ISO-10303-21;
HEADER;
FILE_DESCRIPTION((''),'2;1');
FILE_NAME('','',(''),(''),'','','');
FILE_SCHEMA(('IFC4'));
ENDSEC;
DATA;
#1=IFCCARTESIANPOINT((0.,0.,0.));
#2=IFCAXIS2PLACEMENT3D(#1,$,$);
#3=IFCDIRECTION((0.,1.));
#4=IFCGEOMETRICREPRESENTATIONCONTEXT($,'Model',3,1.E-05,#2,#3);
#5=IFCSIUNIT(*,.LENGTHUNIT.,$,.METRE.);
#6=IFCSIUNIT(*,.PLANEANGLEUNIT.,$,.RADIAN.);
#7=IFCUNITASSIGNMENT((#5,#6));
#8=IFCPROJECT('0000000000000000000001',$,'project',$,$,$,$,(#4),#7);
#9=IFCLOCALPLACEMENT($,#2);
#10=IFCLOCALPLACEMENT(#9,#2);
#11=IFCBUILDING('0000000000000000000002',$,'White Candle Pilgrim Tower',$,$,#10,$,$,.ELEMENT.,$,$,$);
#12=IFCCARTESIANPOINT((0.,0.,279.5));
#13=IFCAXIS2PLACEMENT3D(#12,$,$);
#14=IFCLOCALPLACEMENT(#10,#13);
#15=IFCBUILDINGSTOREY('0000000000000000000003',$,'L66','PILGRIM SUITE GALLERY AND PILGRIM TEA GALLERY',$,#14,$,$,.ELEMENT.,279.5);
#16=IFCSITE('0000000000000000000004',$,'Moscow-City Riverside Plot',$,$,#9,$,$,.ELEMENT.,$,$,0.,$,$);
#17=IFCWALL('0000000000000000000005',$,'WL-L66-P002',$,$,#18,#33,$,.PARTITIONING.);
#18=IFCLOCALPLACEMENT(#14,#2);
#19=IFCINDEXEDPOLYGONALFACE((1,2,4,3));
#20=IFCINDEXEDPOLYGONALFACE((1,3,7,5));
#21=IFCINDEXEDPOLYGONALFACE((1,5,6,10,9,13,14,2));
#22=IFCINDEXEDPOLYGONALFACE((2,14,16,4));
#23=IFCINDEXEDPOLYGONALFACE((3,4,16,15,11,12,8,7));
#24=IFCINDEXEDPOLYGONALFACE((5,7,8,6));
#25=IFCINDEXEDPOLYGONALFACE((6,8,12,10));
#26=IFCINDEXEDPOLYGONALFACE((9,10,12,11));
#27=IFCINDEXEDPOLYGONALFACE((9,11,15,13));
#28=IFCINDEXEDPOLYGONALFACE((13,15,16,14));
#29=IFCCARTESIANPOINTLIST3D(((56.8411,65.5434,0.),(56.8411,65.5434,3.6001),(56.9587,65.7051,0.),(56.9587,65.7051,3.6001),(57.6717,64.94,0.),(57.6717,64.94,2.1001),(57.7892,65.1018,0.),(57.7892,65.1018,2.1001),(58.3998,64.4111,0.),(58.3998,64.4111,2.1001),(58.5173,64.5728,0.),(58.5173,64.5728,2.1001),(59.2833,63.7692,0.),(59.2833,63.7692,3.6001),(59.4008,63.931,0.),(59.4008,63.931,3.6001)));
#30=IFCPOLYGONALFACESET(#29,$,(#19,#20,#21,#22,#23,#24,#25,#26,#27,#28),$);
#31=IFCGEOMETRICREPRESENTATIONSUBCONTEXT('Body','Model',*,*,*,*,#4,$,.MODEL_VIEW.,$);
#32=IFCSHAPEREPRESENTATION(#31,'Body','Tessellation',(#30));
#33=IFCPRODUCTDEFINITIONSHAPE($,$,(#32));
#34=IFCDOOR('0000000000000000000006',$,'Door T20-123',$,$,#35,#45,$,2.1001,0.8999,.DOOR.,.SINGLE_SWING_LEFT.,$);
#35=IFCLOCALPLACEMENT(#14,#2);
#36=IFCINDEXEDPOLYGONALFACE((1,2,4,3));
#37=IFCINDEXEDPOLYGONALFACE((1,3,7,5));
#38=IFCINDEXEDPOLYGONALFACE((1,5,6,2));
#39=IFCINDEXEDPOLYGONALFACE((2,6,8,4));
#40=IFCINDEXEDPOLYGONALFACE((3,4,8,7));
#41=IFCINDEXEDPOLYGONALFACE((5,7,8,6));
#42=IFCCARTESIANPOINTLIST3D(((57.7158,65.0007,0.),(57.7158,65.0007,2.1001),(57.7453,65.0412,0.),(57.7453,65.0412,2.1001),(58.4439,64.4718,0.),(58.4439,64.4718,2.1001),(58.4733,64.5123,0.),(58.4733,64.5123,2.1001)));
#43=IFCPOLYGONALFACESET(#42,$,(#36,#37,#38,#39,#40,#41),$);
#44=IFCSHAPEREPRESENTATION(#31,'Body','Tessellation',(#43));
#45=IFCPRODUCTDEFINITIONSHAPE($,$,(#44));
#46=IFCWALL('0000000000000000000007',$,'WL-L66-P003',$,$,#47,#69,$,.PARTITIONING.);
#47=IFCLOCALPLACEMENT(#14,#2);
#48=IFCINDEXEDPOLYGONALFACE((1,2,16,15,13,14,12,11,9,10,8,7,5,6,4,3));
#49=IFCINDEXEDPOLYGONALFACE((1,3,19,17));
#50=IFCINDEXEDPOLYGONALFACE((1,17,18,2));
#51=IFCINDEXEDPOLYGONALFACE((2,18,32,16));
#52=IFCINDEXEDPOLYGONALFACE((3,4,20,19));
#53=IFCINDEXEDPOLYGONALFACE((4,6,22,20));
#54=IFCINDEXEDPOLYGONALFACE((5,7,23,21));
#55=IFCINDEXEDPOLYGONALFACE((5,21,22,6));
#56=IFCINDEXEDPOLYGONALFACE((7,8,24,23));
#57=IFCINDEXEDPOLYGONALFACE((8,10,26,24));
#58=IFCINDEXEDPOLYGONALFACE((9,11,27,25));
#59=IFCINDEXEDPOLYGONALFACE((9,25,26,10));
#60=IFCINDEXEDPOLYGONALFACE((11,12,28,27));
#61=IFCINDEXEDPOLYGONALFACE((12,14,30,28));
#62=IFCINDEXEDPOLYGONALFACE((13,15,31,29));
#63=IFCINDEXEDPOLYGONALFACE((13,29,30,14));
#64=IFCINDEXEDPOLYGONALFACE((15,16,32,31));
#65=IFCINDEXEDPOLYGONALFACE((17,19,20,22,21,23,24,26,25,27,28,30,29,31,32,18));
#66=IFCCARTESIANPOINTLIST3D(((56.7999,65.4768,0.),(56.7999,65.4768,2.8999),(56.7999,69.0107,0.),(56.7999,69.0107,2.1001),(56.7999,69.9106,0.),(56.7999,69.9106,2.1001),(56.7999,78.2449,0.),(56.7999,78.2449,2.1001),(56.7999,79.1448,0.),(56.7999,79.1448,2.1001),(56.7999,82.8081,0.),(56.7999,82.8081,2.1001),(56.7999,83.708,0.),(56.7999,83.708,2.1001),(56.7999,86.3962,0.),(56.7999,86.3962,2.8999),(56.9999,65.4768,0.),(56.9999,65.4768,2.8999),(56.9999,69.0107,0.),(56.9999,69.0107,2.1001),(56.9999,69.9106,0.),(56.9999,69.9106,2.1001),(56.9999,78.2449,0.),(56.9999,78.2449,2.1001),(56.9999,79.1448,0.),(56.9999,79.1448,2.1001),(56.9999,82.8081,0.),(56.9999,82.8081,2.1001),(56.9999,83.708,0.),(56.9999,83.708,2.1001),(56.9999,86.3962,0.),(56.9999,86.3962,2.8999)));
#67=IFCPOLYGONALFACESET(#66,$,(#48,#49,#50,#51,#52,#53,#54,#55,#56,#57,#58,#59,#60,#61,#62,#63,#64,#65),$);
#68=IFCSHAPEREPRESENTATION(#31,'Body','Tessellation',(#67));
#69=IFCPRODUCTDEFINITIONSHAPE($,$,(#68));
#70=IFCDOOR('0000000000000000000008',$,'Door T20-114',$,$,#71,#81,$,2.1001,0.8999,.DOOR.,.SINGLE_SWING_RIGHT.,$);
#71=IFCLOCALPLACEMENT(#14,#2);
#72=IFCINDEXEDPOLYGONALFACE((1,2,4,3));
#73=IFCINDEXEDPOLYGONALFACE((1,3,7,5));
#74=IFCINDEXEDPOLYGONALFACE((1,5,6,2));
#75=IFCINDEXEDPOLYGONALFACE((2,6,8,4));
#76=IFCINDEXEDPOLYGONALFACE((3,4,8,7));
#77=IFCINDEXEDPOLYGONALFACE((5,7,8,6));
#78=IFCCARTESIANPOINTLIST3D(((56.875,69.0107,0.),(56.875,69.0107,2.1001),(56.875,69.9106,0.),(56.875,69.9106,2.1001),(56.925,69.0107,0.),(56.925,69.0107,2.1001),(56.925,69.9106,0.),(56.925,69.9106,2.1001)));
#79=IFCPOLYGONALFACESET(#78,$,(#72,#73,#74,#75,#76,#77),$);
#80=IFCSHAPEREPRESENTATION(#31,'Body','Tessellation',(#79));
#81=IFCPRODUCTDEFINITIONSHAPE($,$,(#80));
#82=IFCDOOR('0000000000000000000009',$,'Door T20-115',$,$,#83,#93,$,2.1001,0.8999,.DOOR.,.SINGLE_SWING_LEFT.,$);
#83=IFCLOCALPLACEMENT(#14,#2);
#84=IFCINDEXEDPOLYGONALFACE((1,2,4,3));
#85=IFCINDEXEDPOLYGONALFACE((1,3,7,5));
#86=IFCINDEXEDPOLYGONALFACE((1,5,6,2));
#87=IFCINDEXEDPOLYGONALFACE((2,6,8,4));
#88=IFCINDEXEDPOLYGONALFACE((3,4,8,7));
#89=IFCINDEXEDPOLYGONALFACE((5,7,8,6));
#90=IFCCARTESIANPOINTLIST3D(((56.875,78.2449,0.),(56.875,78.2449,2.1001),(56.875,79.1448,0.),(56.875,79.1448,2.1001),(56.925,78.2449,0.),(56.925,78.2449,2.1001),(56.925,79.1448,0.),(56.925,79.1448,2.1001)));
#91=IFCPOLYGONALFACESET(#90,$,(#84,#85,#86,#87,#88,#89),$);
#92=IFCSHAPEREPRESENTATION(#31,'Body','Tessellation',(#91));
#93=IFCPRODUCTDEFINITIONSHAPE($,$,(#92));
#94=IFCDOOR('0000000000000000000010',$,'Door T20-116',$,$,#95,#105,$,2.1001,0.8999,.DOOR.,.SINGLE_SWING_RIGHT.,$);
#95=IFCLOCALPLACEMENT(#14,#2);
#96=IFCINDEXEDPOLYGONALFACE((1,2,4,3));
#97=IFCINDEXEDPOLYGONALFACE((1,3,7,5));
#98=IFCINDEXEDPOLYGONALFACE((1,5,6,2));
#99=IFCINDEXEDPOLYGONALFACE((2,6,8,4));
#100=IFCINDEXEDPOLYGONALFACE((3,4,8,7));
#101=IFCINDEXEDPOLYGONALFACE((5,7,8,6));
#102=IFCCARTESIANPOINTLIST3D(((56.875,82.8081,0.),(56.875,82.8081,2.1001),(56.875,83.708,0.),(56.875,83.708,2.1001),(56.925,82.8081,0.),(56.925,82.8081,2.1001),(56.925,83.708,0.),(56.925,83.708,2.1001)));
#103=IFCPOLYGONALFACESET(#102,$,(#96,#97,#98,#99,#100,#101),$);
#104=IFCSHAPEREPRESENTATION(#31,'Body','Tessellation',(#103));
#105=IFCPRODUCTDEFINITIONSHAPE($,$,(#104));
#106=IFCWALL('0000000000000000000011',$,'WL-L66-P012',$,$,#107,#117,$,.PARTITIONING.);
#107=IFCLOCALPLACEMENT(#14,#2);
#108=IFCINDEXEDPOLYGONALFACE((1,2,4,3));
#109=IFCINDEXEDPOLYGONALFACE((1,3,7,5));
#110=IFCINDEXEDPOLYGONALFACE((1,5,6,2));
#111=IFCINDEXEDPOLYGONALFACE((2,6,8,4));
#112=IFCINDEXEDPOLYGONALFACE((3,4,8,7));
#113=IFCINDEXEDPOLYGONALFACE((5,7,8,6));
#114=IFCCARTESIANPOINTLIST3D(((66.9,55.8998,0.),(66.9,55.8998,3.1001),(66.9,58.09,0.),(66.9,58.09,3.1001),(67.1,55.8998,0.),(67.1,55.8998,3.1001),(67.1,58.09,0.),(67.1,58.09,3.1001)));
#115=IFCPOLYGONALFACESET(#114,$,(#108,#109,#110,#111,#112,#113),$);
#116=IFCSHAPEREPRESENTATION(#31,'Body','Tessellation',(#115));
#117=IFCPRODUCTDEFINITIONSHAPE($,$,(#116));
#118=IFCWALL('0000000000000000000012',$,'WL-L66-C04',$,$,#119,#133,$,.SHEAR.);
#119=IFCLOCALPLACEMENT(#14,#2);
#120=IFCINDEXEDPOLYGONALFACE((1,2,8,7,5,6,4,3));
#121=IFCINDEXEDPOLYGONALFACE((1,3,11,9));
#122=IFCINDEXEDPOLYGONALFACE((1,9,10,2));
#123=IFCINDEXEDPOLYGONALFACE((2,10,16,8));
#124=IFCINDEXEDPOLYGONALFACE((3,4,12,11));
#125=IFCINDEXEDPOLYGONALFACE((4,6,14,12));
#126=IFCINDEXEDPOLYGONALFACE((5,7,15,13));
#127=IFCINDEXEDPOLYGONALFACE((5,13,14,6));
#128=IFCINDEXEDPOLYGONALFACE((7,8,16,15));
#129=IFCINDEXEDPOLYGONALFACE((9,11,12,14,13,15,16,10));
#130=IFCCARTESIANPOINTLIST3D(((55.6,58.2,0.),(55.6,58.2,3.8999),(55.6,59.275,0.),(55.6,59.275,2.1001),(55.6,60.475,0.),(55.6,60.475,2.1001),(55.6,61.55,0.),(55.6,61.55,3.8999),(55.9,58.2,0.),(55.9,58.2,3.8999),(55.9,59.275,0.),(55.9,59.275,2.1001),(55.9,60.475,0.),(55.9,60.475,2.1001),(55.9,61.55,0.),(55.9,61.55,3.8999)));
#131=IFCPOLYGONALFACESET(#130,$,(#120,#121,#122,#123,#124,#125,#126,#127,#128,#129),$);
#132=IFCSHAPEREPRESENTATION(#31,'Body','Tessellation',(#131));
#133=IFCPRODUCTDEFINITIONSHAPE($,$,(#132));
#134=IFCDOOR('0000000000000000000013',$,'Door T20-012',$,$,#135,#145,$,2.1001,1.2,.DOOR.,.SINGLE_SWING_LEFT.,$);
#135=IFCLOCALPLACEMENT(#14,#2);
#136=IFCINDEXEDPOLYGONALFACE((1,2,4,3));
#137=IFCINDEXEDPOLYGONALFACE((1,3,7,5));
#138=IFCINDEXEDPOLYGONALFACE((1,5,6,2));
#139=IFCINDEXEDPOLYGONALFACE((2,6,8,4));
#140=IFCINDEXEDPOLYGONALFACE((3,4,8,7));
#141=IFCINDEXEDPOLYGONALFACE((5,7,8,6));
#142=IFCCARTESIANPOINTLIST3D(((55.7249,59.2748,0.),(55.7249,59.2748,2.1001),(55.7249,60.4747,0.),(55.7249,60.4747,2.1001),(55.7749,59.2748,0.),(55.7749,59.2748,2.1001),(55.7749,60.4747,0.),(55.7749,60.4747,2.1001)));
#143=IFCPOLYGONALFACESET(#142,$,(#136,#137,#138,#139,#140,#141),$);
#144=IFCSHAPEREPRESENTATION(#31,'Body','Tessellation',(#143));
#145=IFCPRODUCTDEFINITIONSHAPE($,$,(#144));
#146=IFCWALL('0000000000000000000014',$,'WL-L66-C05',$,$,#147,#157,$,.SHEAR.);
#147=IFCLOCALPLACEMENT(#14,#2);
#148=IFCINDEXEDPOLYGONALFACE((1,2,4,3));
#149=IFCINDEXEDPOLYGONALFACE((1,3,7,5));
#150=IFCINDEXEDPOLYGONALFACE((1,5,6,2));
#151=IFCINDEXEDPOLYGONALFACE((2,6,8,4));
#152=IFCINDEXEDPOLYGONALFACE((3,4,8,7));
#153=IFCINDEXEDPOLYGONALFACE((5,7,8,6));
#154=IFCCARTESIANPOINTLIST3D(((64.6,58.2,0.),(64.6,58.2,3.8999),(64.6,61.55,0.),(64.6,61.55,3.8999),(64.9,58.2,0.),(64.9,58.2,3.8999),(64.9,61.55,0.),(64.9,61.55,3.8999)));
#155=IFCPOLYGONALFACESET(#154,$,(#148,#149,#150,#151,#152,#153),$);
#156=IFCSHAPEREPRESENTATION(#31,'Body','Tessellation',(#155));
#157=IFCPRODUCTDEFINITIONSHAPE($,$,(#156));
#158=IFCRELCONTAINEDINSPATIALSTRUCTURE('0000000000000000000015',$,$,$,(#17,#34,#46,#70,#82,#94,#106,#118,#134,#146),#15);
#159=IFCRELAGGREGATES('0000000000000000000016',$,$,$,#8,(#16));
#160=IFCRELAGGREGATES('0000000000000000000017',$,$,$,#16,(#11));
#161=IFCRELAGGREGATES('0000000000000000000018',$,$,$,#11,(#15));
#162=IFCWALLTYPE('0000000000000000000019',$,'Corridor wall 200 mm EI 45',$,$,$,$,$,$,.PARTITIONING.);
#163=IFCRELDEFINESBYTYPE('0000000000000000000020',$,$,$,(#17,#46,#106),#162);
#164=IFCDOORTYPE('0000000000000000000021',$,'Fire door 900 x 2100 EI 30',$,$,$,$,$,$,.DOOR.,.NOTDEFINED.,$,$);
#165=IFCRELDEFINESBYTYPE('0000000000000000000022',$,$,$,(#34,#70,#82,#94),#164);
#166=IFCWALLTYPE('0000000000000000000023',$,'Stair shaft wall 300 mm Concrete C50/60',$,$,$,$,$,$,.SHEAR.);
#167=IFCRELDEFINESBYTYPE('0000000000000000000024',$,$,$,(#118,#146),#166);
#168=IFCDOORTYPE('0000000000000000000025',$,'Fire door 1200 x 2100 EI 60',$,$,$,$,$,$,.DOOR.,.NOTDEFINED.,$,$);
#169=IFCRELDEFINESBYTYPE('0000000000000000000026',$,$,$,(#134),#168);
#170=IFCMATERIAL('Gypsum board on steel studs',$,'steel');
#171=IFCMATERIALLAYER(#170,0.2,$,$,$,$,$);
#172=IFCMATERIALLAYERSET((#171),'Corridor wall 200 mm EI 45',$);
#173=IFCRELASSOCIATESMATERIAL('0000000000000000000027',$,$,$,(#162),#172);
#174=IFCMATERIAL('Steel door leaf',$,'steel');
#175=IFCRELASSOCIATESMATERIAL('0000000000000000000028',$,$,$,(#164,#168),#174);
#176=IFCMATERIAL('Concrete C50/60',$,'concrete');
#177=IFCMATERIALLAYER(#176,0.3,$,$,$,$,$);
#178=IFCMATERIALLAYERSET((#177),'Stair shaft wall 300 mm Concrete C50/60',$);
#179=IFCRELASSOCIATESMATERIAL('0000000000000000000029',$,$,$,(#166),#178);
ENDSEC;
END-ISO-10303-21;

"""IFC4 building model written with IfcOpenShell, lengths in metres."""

from ifc_helpers import new_model, si_unit, direction, frame, frame_2d, origin, place, context, subcontext, project, spatial, rectangle, extrude, material, layer, layer_set, type_object, element, fill, save


model = new_model("IFC4")

# Units and contexts
model_context = context("Model", 3, precision=1e-05, world=origin(), true_north=direction((0.0, 1.0)))
body_context = subcontext(model_context, "Body", "Model", "MODEL_VIEW")
ifc_project = project(units=[si_unit("LENGTHUNIT", "METRE"), si_unit("PLANEANGLEUNIT", "RADIAN")], contexts=[model_context])

# Site, building, storey
site_placement = place(None, origin())
site = spatial("IfcSite", under=ifc_project, at=site_placement, Name="Moscow-City Riverside Plot", CompositionType="ELEMENT", RefElevation=0.0)
building_placement = place(site_placement, origin())
building = spatial("IfcBuilding", under=site, at=building_placement, Name="White Candle Pilgrim Tower", CompositionType="ELEMENT")
storey_placement = place(building_placement, frame((0.0, 0.0, 279.5)))
storey = spatial("IfcBuildingStorey", under=building, at=storey_placement, Name="L66", Description="PILGRIM SUITE GALLERY AND PILGRIM TEA GALLERY", CompositionType="ELEMENT", Elevation=279.5)

# Wall, opening, door
ifc_material_1 = material(Name="Gypsum board on steel studs", Category="steel")
ifc_layer_1 = layer(ifc_material_1, 0.2)
ifc_layer_set_1 = layer_set([ifc_layer_1], Name="Corridor wall 200 mm EI 45")
wall_type_1 = type_object("IfcWallType", Name="Corridor wall 200 mm EI 45", PredefinedType="PARTITIONING", material=ifc_layer_set_1)
wall_1_placement = place(storey_placement, frame((59.342, 63.8501, 0.0), z_axis=(0.0, 0.0, 1.0), x_axis=(-0.80904, 0.587753, 0.0)))
wall_1 = element("IfcWall", 1, at=wall_1_placement, inside=storey, type_object=wall_type_1, Name="WL-L66-P002", PredefinedType="PARTITIONING", context=body_context, shape_type="SweptSolid", body=[
    extrude(rectangle(XDim=3.0186, YDim=0.2, at=frame_2d((1.5093, 0.0))), origin(), (0.0, 0.0, 1.0), 3.6001),
])
opening_1_placement = place(wall_1_placement, frame((1.092, 0.0, 0.0)))
opening_1 = element("IfcOpeningElement", 2, at=opening_1_placement, cuts=wall_1, PredefinedType="OPENING", context=body_context, shape_type="SweptSolid", body=[
    extrude(rectangle(XDim=0.8999, YDim=2.1001, at=frame_2d((0.45, 1.05))), frame((0.0, 0.1099, 0.0), z_axis=(0.0, -1.0, 0.0), x_axis=(1.0, 0.0, 0.0)), (0.0, 0.0, 1.0), 0.22),
])
ifc_material_2 = material(Name="Steel door leaf", Category="steel")
door_type_1 = type_object("IfcDoorType", Name="Fire door 900 x 2100 EI 30", OperationType="NOTDEFINED", PredefinedType="DOOR", material=ifc_material_2)
door_1_placement = place(opening_1_placement, origin())
door_1 = element("IfcDoor", 3, at=door_1_placement, inside=storey, type_object=door_type_1, Name="Door T20-123", OperationType="SINGLE_SWING_LEFT", OverallHeight=2.1001, OverallWidth=0.8999, PredefinedType="DOOR", context=body_context, shape_type="SweptSolid", body=[
    extrude(rectangle(XDim=0.8999, YDim=2.1001, at=frame_2d((0.45, 1.05))), frame((0.0, 0.0249, 0.0), z_axis=(0.0, -1.0, 0.0), x_axis=(1.0, 0.0, 0.0)), (0.0, 0.0, 1.0), 0.05),
])
fill(opening_1, door_1)

# Wall, openings, doors
wall_2_placement = place(storey_placement, frame((56.8999, 65.4768, 0.0), z_axis=(0.0, 0.0, 1.0), x_axis=(0.0, 1.0, 0.0)))
wall_2 = element("IfcWall", 4, at=wall_2_placement, inside=storey, type_object=wall_type_1, Name="WL-L66-P003", PredefinedType="PARTITIONING", context=body_context, shape_type="SweptSolid", body=[
    extrude(rectangle(XDim=20.9194, YDim=0.2, at=frame_2d((10.4597, 0.0))), origin(), (0.0, 0.0, 1.0), 2.8999),
])
opening_2_placement = place(wall_2_placement, frame((3.5339, 0.0, 0.0)))
opening_2 = element("IfcOpeningElement", 5, at=opening_2_placement, cuts=wall_2, PredefinedType="OPENING", context=body_context, shape_type="SweptSolid", body=[
    extrude(rectangle(XDim=0.8999, YDim=2.1001, at=frame_2d((0.45, 1.05))), frame((0.0, 0.1099, 0.0), z_axis=(0.0, -1.0, 0.0), x_axis=(1.0, 0.0, 0.0)), (0.0, 0.0, 1.0), 0.22),
])
opening_3_placement = place(wall_2_placement, frame((12.7681, 0.0, 0.0)))
opening_3 = element("IfcOpeningElement", 6, at=opening_3_placement, cuts=wall_2, PredefinedType="OPENING", context=body_context, shape_type="SweptSolid", body=[
    extrude(rectangle(XDim=0.8999, YDim=2.1001, at=frame_2d((0.45, 1.05))), frame((0.0, 0.1099, 0.0), z_axis=(0.0, -1.0, 0.0), x_axis=(1.0, 0.0, 0.0)), (0.0, 0.0, 1.0), 0.22),
])
opening_4_placement = place(wall_2_placement, frame((17.3313, 0.0, 0.0)))
opening_4 = element("IfcOpeningElement", 7, at=opening_4_placement, cuts=wall_2, PredefinedType="OPENING", context=body_context, shape_type="SweptSolid", body=[
    extrude(rectangle(XDim=0.8999, YDim=2.1001, at=frame_2d((0.45, 1.05))), frame((0.0, 0.1099, 0.0), z_axis=(0.0, -1.0, 0.0), x_axis=(1.0, 0.0, 0.0)), (0.0, 0.0, 1.0), 0.22),
])
door_2_placement = place(opening_2_placement, origin())
door_2 = element("IfcDoor", 8, at=door_2_placement, inside=storey, type_object=door_type_1, Name="Door T20-114", OperationType="SINGLE_SWING_RIGHT", OverallHeight=2.1001, OverallWidth=0.8999, PredefinedType="DOOR", context=body_context, shape_type="SweptSolid", body=[
    extrude(rectangle(XDim=0.8999, YDim=2.1001, at=frame_2d((0.45, 1.05))), frame((0.0, 0.0249, 0.0), z_axis=(0.0, -1.0, 0.0), x_axis=(1.0, 0.0, 0.0)), (0.0, 0.0, 1.0), 0.05),
])
fill(opening_2, door_2)
door_3_placement = place(opening_3_placement, origin())
door_3 = element("IfcDoor", 9, at=door_3_placement, inside=storey, type_object=door_type_1, Name="Door T20-115", OperationType="SINGLE_SWING_LEFT", OverallHeight=2.1001, OverallWidth=0.8999, PredefinedType="DOOR", context=body_context, shape_type="SweptSolid", body=[
    extrude(rectangle(XDim=0.8999, YDim=2.1001, at=frame_2d((0.45, 1.05))), frame((0.0, 0.0249, 0.0), z_axis=(0.0, -1.0, 0.0), x_axis=(1.0, 0.0, 0.0)), (0.0, 0.0, 1.0), 0.05),
])
fill(opening_3, door_3)
door_4_placement = place(opening_4_placement, origin())
door_4 = element("IfcDoor", 10, at=door_4_placement, inside=storey, type_object=door_type_1, Name="Door T20-116", OperationType="SINGLE_SWING_RIGHT", OverallHeight=2.1001, OverallWidth=0.8999, PredefinedType="DOOR", context=body_context, shape_type="SweptSolid", body=[
    extrude(rectangle(XDim=0.8999, YDim=2.1001, at=frame_2d((0.45, 1.05))), frame((0.0, 0.0249, 0.0), z_axis=(0.0, -1.0, 0.0), x_axis=(1.0, 0.0, 0.0)), (0.0, 0.0, 1.0), 0.05),
])
fill(opening_4, door_4)

# Wall
wall_3_placement = place(storey_placement, frame((67.0, 58.0901, 0.0), z_axis=(0.0, 0.0, 1.0), x_axis=(0.0, -1.0, 0.0)))
element("IfcWall", 11, at=wall_3_placement, inside=storey, type_object=wall_type_1, Name="WL-L66-P012", PredefinedType="PARTITIONING", context=body_context, shape_type="SweptSolid", body=[
    extrude(rectangle(XDim=2.1902, YDim=0.2, at=frame_2d((1.0952, 0.0))), origin(), (0.0, 0.0, 1.0), 3.1001),
])

# Wall, opening, door
ifc_material_3 = material(Name="Concrete C50/60", Category="concrete")
ifc_layer_2 = layer(ifc_material_3, 0.3)
ifc_layer_set_2 = layer_set([ifc_layer_2], Name="Stair shaft wall 300 mm Concrete C50/60")
wall_type_2 = type_object("IfcWallType", Name="Stair shaft wall 300 mm Concrete C50/60", PredefinedType="SHEAR", material=ifc_layer_set_2)
wall_4_placement = place(storey_placement, frame((55.75, 58.2, 0.0), z_axis=(0.0, 0.0, 1.0), x_axis=(0.0, 1.0, 0.0)))
wall_4 = element("IfcWall", 12, at=wall_4_placement, inside=storey, type_object=wall_type_2, Name="WL-L66-C04", PredefinedType="SHEAR", context=body_context, shape_type="SweptSolid", body=[
    extrude(rectangle(XDim=3.3501, YDim=0.3, at=frame_2d((1.675, 0.0))), origin(), (0.0, 0.0, 1.0), 3.8999),
])
opening_5_placement = place(wall_4_placement, frame((1.075, 0.0, 0.0)))
opening_5 = element("IfcOpeningElement", 13, at=opening_5_placement, cuts=wall_4, PredefinedType="OPENING", context=body_context, shape_type="SweptSolid", body=[
    extrude(rectangle(XDim=1.2, YDim=2.1001, at=frame_2d((0.6001, 1.05))), frame((0.0, 0.1599, 0.0), z_axis=(0.0, -1.0, 0.0), x_axis=(1.0, 0.0, 0.0)), (0.0, 0.0, 1.0), 0.3201),
])
door_type_2 = type_object("IfcDoorType", Name="Fire door 1200 x 2100 EI 60", OperationType="NOTDEFINED", PredefinedType="DOOR", material=ifc_material_2)
door_5_placement = place(opening_5_placement, frame((1.2, 0.0, 0.0), z_axis=(0.0, 0.0, 1.0), x_axis=(-1.0, 0.0, 0.0)))
door_5 = element("IfcDoor", 14, at=door_5_placement, inside=storey, type_object=door_type_2, Name="Door T20-012", OperationType="SINGLE_SWING_LEFT", OverallHeight=2.1001, OverallWidth=1.2, PredefinedType="DOOR", context=body_context, shape_type="SweptSolid", body=[
    extrude(rectangle(XDim=1.2, YDim=2.1001, at=frame_2d((0.6001, 1.05))), frame((0.0, 0.0249, 0.0), z_axis=(0.0, -1.0, 0.0), x_axis=(1.0, 0.0, 0.0)), (0.0, 0.0, 1.0), 0.05),
])
fill(opening_5, door_5)

# Wall
wall_5_placement = place(storey_placement, frame((64.75, 58.2, 0.0), z_axis=(0.0, 0.0, 1.0), x_axis=(0.0, 1.0, 0.0)))
element("IfcWall", 15, at=wall_5_placement, inside=storey, type_object=wall_type_2, Name="WL-L66-C05", PredefinedType="SHEAR", context=body_context, shape_type="SweptSolid", body=[
    extrude(rectangle(XDim=3.3501, YDim=0.3, at=frame_2d((1.675, 0.0))), origin(), (0.0, 0.0, 1.0), 3.8999),
])

save(model, "model.ifc")
